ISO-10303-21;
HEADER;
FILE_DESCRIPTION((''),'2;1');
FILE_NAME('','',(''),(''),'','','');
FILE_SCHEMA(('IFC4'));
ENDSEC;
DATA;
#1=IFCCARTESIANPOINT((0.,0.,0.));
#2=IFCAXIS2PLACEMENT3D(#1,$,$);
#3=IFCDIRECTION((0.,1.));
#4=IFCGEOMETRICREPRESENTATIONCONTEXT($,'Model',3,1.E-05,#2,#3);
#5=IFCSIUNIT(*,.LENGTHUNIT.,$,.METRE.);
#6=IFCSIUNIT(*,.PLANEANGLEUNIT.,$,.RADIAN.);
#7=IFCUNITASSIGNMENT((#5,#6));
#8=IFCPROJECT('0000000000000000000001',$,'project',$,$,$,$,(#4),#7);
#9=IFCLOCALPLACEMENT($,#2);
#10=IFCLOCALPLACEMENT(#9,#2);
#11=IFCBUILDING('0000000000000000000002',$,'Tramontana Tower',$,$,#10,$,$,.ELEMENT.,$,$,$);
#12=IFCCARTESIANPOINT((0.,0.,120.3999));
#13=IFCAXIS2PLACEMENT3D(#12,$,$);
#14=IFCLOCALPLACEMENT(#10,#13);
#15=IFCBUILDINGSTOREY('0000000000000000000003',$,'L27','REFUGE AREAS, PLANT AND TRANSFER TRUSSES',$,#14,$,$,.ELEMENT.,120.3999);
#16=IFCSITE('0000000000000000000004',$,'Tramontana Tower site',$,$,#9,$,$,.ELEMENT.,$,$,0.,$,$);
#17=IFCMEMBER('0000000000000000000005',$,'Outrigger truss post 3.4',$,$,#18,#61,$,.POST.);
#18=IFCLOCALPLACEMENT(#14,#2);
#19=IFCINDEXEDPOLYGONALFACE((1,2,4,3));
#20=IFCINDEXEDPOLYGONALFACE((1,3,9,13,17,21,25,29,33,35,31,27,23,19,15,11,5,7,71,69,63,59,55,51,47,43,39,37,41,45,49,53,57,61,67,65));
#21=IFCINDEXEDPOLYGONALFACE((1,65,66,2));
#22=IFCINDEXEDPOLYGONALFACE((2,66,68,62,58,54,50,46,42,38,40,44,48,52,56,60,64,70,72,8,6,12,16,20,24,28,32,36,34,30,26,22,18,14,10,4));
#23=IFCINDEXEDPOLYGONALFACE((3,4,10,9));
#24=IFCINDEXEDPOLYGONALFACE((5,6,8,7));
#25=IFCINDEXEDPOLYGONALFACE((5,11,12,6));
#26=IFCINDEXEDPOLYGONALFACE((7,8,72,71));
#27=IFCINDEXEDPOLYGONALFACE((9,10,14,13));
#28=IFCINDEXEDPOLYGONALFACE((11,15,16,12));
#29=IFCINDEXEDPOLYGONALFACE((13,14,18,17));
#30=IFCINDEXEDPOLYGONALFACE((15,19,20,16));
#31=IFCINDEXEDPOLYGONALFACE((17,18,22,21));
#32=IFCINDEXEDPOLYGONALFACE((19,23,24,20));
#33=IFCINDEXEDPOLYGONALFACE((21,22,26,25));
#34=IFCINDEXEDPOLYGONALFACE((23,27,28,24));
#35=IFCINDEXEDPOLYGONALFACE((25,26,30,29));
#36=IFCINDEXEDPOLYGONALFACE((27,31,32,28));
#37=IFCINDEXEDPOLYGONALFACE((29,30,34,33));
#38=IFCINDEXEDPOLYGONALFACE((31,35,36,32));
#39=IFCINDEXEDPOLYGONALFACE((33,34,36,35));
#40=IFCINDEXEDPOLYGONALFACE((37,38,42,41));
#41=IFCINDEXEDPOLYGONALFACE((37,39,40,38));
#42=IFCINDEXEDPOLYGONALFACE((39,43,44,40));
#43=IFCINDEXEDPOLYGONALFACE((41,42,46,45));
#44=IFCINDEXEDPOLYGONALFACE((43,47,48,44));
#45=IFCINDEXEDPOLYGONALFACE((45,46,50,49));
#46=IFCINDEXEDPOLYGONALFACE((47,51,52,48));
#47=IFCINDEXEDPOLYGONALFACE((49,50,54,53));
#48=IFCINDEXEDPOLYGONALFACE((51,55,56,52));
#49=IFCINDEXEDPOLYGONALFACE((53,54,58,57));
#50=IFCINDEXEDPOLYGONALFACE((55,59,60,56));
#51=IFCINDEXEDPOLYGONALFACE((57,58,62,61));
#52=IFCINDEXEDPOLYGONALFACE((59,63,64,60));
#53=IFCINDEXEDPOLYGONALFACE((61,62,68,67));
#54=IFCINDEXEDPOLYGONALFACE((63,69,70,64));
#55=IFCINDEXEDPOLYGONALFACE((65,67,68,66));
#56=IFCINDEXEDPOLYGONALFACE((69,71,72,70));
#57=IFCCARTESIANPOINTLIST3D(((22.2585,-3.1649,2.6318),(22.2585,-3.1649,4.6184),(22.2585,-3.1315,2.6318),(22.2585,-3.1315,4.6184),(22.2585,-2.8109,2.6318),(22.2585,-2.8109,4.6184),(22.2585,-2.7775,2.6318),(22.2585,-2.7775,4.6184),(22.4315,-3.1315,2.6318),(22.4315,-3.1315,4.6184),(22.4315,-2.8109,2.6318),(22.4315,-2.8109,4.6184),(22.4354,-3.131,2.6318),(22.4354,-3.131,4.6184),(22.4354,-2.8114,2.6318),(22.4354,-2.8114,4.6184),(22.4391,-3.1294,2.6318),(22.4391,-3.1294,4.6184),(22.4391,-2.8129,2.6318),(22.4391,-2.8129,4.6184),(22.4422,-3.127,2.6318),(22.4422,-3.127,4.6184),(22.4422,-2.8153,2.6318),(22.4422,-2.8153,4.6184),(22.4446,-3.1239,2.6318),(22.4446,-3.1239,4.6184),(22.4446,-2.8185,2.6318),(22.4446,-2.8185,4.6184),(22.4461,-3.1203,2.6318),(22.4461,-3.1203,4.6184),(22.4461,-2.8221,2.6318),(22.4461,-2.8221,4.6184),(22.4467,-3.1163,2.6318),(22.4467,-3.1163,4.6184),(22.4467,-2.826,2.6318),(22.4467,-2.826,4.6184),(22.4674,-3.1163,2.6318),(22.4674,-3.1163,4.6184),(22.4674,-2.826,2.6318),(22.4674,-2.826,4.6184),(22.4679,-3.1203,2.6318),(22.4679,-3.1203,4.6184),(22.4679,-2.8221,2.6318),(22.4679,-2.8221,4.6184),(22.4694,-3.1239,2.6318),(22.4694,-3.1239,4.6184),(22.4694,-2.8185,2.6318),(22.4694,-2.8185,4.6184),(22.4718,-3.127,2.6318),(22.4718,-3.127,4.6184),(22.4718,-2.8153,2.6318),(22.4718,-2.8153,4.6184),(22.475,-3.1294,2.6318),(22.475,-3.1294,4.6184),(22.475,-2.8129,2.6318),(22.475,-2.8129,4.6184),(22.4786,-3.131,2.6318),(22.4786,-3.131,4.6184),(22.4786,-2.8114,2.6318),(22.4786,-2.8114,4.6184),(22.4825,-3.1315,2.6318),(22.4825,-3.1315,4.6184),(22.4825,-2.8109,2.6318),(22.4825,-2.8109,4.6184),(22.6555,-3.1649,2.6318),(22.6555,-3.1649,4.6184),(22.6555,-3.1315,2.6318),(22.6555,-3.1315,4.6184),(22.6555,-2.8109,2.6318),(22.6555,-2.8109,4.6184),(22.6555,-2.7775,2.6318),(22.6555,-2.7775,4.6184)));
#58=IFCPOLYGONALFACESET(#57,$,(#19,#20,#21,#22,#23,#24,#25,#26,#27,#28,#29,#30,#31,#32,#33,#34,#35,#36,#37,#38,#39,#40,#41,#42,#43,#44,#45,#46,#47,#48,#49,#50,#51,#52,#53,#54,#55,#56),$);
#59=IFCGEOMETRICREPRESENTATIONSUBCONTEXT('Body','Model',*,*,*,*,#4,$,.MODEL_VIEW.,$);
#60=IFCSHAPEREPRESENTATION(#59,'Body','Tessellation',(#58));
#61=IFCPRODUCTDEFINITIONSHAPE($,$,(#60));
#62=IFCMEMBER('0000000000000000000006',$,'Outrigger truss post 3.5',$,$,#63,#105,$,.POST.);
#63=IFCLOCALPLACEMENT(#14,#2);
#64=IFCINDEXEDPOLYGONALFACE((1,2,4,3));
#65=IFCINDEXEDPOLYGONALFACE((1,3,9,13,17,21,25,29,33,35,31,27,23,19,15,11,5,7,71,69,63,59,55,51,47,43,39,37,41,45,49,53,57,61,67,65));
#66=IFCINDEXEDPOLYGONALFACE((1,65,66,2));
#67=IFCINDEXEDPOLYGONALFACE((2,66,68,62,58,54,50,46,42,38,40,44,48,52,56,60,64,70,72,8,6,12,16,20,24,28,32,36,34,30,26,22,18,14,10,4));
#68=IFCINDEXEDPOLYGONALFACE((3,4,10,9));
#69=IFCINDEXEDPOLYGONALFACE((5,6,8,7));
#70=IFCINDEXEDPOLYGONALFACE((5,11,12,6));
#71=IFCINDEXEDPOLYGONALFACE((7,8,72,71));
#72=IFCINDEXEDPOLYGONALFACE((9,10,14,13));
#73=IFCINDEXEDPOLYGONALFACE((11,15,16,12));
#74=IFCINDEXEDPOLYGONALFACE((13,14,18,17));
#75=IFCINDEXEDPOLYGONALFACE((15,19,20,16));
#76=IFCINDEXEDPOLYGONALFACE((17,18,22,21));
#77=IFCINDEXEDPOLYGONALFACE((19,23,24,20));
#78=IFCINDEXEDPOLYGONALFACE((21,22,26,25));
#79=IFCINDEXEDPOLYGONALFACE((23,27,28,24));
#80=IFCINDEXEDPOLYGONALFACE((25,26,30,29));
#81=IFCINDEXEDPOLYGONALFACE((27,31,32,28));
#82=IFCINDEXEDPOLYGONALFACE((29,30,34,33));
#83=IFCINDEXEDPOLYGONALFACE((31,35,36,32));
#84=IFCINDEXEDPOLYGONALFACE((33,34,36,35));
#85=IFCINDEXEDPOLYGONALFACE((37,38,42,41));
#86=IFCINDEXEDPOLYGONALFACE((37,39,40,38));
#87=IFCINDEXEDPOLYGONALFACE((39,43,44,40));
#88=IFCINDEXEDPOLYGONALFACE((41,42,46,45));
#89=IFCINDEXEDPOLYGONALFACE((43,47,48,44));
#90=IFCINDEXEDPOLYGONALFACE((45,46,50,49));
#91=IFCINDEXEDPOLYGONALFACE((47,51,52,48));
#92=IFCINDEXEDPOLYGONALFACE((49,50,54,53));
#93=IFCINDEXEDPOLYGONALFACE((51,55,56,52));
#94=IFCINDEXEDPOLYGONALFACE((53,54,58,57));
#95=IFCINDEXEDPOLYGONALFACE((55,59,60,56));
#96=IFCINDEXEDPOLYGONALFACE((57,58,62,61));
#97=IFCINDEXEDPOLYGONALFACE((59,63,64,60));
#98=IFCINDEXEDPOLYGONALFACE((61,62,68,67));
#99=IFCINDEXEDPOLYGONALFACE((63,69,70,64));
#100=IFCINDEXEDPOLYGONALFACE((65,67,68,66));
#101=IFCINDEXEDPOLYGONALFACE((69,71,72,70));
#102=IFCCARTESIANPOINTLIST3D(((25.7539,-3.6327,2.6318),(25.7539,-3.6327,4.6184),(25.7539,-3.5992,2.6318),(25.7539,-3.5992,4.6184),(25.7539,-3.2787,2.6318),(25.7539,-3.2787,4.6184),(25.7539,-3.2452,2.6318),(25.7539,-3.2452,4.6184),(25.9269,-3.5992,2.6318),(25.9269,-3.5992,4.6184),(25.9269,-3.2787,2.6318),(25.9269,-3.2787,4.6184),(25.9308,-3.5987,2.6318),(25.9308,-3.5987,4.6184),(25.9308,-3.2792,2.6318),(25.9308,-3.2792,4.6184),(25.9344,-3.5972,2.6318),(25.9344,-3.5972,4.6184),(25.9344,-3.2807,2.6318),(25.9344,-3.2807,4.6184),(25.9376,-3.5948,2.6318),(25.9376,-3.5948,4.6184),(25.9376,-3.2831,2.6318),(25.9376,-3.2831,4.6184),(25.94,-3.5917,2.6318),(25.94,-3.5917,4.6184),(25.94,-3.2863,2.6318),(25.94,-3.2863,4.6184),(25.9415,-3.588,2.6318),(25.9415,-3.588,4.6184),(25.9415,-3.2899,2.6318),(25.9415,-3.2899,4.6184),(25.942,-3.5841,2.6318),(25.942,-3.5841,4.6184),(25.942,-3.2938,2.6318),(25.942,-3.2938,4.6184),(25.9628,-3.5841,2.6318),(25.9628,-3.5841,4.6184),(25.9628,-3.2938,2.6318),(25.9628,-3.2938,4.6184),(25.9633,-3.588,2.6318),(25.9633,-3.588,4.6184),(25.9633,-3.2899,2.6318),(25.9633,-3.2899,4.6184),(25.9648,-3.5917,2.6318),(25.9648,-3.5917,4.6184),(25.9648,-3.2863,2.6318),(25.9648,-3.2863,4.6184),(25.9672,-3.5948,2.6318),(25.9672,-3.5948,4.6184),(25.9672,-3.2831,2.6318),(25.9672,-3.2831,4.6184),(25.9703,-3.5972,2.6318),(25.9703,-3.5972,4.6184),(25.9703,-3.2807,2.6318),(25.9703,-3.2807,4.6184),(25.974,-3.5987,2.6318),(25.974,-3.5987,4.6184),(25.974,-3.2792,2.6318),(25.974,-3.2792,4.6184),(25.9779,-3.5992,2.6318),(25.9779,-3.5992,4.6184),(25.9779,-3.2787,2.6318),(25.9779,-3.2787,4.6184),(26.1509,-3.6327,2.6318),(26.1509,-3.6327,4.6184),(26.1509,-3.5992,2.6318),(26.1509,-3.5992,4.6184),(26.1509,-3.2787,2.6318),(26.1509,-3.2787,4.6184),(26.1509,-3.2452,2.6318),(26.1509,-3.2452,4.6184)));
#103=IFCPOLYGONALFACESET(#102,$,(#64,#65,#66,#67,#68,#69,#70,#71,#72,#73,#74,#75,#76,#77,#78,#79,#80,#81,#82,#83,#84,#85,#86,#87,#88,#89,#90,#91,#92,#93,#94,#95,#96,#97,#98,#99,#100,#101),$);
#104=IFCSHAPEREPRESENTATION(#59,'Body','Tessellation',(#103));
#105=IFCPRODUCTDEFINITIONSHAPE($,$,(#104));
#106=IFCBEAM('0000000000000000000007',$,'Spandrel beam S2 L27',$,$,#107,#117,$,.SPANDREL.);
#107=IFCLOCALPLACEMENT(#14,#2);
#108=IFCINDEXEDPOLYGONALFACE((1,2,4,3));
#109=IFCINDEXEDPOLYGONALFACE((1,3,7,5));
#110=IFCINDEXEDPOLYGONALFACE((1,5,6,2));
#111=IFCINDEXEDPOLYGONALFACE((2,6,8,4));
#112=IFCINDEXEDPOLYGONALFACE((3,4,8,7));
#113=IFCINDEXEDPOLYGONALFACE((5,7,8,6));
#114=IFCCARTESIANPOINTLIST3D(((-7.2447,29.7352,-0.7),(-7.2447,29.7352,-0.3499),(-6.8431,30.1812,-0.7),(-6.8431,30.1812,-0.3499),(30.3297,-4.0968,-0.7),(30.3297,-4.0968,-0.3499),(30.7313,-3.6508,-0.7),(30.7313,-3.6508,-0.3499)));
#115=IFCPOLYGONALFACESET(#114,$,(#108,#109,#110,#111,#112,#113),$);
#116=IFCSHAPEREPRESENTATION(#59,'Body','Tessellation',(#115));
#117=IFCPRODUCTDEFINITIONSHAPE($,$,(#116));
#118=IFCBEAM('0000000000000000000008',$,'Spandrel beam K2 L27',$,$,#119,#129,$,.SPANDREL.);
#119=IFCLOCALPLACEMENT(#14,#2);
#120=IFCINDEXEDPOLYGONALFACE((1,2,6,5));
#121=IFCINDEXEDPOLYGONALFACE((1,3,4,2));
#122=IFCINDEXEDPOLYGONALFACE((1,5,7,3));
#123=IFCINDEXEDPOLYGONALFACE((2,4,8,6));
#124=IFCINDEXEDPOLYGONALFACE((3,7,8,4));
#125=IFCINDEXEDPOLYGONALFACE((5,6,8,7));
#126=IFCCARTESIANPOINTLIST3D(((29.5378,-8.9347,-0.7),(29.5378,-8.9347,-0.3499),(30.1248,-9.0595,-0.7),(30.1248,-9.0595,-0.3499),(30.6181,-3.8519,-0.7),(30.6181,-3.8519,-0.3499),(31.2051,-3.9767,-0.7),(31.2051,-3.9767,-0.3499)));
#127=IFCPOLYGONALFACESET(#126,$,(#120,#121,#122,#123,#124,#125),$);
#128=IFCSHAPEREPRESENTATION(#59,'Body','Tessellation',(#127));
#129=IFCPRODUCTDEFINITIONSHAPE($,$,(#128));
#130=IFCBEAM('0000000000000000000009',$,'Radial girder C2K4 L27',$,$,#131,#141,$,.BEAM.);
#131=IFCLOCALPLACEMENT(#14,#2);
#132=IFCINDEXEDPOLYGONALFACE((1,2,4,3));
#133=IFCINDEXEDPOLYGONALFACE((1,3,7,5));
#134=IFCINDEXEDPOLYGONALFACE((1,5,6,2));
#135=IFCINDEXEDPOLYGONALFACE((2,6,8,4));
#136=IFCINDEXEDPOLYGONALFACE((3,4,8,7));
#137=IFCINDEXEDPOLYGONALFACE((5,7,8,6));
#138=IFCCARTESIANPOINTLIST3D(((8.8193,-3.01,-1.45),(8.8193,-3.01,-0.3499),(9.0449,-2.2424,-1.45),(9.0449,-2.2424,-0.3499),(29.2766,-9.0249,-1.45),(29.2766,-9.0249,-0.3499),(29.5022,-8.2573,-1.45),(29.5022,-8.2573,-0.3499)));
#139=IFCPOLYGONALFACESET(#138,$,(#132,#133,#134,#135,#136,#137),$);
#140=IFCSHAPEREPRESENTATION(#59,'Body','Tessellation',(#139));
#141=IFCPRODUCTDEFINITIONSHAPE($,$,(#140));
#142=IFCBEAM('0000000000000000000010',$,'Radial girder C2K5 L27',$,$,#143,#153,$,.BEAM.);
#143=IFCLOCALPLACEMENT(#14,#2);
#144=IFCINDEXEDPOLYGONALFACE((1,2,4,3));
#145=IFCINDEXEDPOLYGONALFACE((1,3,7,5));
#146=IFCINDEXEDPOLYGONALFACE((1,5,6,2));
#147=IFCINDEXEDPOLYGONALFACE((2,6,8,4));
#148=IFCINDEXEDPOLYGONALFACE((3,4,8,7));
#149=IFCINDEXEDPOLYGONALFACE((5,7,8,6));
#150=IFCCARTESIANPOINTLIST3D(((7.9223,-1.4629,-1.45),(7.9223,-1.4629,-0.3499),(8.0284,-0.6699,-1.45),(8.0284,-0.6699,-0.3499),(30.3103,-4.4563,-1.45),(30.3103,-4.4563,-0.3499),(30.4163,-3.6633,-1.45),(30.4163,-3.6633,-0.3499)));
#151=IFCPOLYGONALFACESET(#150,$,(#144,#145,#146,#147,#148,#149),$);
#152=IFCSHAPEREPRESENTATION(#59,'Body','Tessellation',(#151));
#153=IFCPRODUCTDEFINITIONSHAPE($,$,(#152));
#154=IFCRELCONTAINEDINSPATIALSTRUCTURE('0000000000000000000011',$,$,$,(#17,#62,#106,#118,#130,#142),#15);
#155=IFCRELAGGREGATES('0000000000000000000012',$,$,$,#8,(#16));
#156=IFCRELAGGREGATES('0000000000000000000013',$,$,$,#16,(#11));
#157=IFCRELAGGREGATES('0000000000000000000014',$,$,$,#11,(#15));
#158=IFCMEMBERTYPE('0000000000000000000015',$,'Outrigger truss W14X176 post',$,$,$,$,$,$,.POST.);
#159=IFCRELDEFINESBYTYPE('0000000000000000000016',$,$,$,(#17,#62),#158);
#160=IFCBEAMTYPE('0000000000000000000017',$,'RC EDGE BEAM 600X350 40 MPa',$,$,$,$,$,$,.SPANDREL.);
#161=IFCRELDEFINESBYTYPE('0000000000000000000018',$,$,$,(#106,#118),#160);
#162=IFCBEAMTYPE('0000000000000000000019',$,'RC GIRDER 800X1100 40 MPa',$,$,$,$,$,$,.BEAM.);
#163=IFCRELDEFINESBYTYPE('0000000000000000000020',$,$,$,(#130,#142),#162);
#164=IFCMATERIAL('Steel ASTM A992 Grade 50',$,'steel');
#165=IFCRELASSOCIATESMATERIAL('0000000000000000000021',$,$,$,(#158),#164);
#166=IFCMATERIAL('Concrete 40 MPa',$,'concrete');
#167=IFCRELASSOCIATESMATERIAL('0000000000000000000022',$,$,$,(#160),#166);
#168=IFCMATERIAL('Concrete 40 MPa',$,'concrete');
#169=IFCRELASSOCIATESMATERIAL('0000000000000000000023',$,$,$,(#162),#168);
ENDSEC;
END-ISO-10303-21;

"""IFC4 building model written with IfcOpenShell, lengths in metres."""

from ifc_helpers import new_model, si_unit, direction, frame, origin, origin_2d, place, context, subcontext, project, spatial, rectangle, i_section, extrude, material, material_profile, profile_set, type_object, element, save


model = new_model("IFC4")

# Units and contexts
model_context = context("Model", 3, precision=1e-05, world=origin(), true_north=direction((0.0, 1.0)))
body_context = subcontext(model_context, "Body", "Model", "MODEL_VIEW")
ifc_project = project(units=[si_unit("LENGTHUNIT", "METRE"), si_unit("PLANEANGLEUNIT", "RADIAN")], contexts=[model_context])

# Site, building, storey
site_placement = place(None, origin())
site = spatial("IfcSite", under=ifc_project, at=site_placement, Name="Tramontana Tower site", CompositionType="ELEMENT", RefElevation=0.0)
building_placement = place(site_placement, origin())
building = spatial("IfcBuilding", under=site, at=building_placement, Name="Tramontana Tower", CompositionType="ELEMENT")
storey_placement = place(building_placement, frame((0.0, 0.0, 120.3999)))
storey = spatial("IfcBuildingStorey", under=building, at=storey_placement, Name="L27", Description="REFUGE AREAS, PLANT AND TRANSFER TRUSSES", CompositionType="ELEMENT", Elevation=120.3999)

# Members
ifc_material_1 = material(Name="Steel ASTM A992 Grade 50", Category="steel")
ifc_material_profile_1 = material_profile(ifc_material_1, i_section(OverallWidth=0.397, OverallDepth=0.3875, WebThickness=0.0208, FlangeThickness=0.0334, FilletRadius=0.0151, at=origin_2d()), Name="W14X176")
ifc_profile_set_1 = profile_set([ifc_material_profile_1], Name="Steel ASTM A992 Grade 50")
member_type_1 = type_object("IfcMemberType", Name="Outrigger truss W14X176 post", PredefinedType="POST", material=ifc_profile_set_1)
for number, where, z_axis, x_axis, name in (
    (1, (22.457, -2.9712, 2.6318), (0.0, 0.0, 1.0), (1.0, 0.0, 0.0), "Outrigger truss post 3.4"),
    (2, (25.9524, -3.439, 2.6318), (0.0, 0.0, 1.0), (1.0, 0.0, 0.0), "Outrigger truss post 3.5"),
):
    element("IfcMember", number, at=place(storey_placement, frame(where, z_axis=z_axis, x_axis=x_axis)), inside=storey, type_object=member_type_1, Name=name, PredefinedType="POST", context=body_context, shape_type="SweptSolid", body=[
        extrude(i_section(OverallWidth=0.397, OverallDepth=0.3875, WebThickness=0.0208, FlangeThickness=0.0334, FilletRadius=0.0151, at=origin_2d()), origin(), (0.0, 0.0, 1.0), 1.9866),
    ])

# Beams
ifc_material_2 = material(Name="Concrete 40 MPa", Category="concrete")
ifc_material_profile_2 = material_profile(ifc_material_2, rectangle(XDim=0.6001, YDim=0.3501, at=origin_2d()), Name="RC EDGE BEAM 600X350 40 MPa")
ifc_profile_set_2 = profile_set([ifc_material_profile_2], Name="Concrete 40 MPa")
beam_type_1 = type_object("IfcBeamType", Name="RC EDGE BEAM 600X350 40 MPa", PredefinedType="SPANDREL", material=ifc_profile_set_2)
beam_1_placement = place(storey_placement, frame((30.5305, -3.8738, -0.5249), z_axis=(-0.743146, 0.669129, 0.0), x_axis=(-0.669129, -0.743146, 0.0)))
element("IfcBeam", 3, at=beam_1_placement, inside=storey, type_object=beam_type_1, Name="Spandrel beam S2 L27", PredefinedType="SPANDREL", context=body_context, shape_type="SweptSolid", body=[
    extrude(rectangle(XDim=0.6001, YDim=0.3501, at=origin_2d()), origin(), (0.0, 0.0, 1.0), 50.5613),
])
beam_2_placement = place(storey_placement, frame((29.8313, -8.9971, -0.5249), z_axis=(0.207902, 0.97815, 0.0), x_axis=(-0.97815, 0.207902, 0.0)))
element("IfcBeam", 4, at=beam_2_placement, inside=storey, type_object=beam_type_1, Name="Spandrel beam K2 L27", PredefinedType="SPANDREL", context=body_context, shape_type="SweptSolid", body=[
    extrude(rectangle(XDim=0.6001, YDim=0.3501, at=origin_2d()), origin(), (0.0, 0.0, 1.0), 5.1963),
])
ifc_material_3 = material(Name="Concrete 40 MPa", Category="concrete")
ifc_material_profile_3 = material_profile(ifc_material_3, rectangle(XDim=0.8, YDim=1.1001, at=origin_2d()), Name="RC GIRDER 800X1100 40 MPa")
ifc_profile_set_3 = profile_set([ifc_material_profile_3], Name="Concrete 40 MPa")
beam_type_2 = type_object("IfcBeamType", Name="RC GIRDER 800X1100 40 MPa", PredefinedType="BEAM", material=ifc_profile_set_3)
beam_3_placement = place(storey_placement, frame((29.3894, -8.6411, -0.8999), z_axis=(-0.95939, 0.282082, 0.0), x_axis=(-0.282082, -0.95939, 0.0)))
element("IfcBeam", 5, at=beam_3_placement, inside=storey, type_object=beam_type_2, Name="Radial girder C2K4 L27", PredefinedType="BEAM", context=body_context, shape_type="SweptSolid", body=[
    extrude(rectangle(XDim=0.8, YDim=1.1001, at=origin_2d()), origin(), (0.0, 0.0, 1.0), 21.3232),
])
beam_4_placement = place(storey_placement, frame((30.3633, -4.0598, -0.8999), z_axis=(-0.991179, 0.132527, 0.0), x_axis=(-0.132527, -0.991179, 0.0)))
element("IfcBeam", 6, at=beam_4_placement, inside=storey, type_object=beam_type_2, Name="Radial girder C2K5 L27", PredefinedType="BEAM", context=body_context, shape_type="SweptSolid", body=[
    extrude(rectangle(XDim=0.8, YDim=1.1001, at=origin_2d()), origin(), (0.0, 0.0, 1.0), 22.5872),
])

save(model, "model.ifc")
